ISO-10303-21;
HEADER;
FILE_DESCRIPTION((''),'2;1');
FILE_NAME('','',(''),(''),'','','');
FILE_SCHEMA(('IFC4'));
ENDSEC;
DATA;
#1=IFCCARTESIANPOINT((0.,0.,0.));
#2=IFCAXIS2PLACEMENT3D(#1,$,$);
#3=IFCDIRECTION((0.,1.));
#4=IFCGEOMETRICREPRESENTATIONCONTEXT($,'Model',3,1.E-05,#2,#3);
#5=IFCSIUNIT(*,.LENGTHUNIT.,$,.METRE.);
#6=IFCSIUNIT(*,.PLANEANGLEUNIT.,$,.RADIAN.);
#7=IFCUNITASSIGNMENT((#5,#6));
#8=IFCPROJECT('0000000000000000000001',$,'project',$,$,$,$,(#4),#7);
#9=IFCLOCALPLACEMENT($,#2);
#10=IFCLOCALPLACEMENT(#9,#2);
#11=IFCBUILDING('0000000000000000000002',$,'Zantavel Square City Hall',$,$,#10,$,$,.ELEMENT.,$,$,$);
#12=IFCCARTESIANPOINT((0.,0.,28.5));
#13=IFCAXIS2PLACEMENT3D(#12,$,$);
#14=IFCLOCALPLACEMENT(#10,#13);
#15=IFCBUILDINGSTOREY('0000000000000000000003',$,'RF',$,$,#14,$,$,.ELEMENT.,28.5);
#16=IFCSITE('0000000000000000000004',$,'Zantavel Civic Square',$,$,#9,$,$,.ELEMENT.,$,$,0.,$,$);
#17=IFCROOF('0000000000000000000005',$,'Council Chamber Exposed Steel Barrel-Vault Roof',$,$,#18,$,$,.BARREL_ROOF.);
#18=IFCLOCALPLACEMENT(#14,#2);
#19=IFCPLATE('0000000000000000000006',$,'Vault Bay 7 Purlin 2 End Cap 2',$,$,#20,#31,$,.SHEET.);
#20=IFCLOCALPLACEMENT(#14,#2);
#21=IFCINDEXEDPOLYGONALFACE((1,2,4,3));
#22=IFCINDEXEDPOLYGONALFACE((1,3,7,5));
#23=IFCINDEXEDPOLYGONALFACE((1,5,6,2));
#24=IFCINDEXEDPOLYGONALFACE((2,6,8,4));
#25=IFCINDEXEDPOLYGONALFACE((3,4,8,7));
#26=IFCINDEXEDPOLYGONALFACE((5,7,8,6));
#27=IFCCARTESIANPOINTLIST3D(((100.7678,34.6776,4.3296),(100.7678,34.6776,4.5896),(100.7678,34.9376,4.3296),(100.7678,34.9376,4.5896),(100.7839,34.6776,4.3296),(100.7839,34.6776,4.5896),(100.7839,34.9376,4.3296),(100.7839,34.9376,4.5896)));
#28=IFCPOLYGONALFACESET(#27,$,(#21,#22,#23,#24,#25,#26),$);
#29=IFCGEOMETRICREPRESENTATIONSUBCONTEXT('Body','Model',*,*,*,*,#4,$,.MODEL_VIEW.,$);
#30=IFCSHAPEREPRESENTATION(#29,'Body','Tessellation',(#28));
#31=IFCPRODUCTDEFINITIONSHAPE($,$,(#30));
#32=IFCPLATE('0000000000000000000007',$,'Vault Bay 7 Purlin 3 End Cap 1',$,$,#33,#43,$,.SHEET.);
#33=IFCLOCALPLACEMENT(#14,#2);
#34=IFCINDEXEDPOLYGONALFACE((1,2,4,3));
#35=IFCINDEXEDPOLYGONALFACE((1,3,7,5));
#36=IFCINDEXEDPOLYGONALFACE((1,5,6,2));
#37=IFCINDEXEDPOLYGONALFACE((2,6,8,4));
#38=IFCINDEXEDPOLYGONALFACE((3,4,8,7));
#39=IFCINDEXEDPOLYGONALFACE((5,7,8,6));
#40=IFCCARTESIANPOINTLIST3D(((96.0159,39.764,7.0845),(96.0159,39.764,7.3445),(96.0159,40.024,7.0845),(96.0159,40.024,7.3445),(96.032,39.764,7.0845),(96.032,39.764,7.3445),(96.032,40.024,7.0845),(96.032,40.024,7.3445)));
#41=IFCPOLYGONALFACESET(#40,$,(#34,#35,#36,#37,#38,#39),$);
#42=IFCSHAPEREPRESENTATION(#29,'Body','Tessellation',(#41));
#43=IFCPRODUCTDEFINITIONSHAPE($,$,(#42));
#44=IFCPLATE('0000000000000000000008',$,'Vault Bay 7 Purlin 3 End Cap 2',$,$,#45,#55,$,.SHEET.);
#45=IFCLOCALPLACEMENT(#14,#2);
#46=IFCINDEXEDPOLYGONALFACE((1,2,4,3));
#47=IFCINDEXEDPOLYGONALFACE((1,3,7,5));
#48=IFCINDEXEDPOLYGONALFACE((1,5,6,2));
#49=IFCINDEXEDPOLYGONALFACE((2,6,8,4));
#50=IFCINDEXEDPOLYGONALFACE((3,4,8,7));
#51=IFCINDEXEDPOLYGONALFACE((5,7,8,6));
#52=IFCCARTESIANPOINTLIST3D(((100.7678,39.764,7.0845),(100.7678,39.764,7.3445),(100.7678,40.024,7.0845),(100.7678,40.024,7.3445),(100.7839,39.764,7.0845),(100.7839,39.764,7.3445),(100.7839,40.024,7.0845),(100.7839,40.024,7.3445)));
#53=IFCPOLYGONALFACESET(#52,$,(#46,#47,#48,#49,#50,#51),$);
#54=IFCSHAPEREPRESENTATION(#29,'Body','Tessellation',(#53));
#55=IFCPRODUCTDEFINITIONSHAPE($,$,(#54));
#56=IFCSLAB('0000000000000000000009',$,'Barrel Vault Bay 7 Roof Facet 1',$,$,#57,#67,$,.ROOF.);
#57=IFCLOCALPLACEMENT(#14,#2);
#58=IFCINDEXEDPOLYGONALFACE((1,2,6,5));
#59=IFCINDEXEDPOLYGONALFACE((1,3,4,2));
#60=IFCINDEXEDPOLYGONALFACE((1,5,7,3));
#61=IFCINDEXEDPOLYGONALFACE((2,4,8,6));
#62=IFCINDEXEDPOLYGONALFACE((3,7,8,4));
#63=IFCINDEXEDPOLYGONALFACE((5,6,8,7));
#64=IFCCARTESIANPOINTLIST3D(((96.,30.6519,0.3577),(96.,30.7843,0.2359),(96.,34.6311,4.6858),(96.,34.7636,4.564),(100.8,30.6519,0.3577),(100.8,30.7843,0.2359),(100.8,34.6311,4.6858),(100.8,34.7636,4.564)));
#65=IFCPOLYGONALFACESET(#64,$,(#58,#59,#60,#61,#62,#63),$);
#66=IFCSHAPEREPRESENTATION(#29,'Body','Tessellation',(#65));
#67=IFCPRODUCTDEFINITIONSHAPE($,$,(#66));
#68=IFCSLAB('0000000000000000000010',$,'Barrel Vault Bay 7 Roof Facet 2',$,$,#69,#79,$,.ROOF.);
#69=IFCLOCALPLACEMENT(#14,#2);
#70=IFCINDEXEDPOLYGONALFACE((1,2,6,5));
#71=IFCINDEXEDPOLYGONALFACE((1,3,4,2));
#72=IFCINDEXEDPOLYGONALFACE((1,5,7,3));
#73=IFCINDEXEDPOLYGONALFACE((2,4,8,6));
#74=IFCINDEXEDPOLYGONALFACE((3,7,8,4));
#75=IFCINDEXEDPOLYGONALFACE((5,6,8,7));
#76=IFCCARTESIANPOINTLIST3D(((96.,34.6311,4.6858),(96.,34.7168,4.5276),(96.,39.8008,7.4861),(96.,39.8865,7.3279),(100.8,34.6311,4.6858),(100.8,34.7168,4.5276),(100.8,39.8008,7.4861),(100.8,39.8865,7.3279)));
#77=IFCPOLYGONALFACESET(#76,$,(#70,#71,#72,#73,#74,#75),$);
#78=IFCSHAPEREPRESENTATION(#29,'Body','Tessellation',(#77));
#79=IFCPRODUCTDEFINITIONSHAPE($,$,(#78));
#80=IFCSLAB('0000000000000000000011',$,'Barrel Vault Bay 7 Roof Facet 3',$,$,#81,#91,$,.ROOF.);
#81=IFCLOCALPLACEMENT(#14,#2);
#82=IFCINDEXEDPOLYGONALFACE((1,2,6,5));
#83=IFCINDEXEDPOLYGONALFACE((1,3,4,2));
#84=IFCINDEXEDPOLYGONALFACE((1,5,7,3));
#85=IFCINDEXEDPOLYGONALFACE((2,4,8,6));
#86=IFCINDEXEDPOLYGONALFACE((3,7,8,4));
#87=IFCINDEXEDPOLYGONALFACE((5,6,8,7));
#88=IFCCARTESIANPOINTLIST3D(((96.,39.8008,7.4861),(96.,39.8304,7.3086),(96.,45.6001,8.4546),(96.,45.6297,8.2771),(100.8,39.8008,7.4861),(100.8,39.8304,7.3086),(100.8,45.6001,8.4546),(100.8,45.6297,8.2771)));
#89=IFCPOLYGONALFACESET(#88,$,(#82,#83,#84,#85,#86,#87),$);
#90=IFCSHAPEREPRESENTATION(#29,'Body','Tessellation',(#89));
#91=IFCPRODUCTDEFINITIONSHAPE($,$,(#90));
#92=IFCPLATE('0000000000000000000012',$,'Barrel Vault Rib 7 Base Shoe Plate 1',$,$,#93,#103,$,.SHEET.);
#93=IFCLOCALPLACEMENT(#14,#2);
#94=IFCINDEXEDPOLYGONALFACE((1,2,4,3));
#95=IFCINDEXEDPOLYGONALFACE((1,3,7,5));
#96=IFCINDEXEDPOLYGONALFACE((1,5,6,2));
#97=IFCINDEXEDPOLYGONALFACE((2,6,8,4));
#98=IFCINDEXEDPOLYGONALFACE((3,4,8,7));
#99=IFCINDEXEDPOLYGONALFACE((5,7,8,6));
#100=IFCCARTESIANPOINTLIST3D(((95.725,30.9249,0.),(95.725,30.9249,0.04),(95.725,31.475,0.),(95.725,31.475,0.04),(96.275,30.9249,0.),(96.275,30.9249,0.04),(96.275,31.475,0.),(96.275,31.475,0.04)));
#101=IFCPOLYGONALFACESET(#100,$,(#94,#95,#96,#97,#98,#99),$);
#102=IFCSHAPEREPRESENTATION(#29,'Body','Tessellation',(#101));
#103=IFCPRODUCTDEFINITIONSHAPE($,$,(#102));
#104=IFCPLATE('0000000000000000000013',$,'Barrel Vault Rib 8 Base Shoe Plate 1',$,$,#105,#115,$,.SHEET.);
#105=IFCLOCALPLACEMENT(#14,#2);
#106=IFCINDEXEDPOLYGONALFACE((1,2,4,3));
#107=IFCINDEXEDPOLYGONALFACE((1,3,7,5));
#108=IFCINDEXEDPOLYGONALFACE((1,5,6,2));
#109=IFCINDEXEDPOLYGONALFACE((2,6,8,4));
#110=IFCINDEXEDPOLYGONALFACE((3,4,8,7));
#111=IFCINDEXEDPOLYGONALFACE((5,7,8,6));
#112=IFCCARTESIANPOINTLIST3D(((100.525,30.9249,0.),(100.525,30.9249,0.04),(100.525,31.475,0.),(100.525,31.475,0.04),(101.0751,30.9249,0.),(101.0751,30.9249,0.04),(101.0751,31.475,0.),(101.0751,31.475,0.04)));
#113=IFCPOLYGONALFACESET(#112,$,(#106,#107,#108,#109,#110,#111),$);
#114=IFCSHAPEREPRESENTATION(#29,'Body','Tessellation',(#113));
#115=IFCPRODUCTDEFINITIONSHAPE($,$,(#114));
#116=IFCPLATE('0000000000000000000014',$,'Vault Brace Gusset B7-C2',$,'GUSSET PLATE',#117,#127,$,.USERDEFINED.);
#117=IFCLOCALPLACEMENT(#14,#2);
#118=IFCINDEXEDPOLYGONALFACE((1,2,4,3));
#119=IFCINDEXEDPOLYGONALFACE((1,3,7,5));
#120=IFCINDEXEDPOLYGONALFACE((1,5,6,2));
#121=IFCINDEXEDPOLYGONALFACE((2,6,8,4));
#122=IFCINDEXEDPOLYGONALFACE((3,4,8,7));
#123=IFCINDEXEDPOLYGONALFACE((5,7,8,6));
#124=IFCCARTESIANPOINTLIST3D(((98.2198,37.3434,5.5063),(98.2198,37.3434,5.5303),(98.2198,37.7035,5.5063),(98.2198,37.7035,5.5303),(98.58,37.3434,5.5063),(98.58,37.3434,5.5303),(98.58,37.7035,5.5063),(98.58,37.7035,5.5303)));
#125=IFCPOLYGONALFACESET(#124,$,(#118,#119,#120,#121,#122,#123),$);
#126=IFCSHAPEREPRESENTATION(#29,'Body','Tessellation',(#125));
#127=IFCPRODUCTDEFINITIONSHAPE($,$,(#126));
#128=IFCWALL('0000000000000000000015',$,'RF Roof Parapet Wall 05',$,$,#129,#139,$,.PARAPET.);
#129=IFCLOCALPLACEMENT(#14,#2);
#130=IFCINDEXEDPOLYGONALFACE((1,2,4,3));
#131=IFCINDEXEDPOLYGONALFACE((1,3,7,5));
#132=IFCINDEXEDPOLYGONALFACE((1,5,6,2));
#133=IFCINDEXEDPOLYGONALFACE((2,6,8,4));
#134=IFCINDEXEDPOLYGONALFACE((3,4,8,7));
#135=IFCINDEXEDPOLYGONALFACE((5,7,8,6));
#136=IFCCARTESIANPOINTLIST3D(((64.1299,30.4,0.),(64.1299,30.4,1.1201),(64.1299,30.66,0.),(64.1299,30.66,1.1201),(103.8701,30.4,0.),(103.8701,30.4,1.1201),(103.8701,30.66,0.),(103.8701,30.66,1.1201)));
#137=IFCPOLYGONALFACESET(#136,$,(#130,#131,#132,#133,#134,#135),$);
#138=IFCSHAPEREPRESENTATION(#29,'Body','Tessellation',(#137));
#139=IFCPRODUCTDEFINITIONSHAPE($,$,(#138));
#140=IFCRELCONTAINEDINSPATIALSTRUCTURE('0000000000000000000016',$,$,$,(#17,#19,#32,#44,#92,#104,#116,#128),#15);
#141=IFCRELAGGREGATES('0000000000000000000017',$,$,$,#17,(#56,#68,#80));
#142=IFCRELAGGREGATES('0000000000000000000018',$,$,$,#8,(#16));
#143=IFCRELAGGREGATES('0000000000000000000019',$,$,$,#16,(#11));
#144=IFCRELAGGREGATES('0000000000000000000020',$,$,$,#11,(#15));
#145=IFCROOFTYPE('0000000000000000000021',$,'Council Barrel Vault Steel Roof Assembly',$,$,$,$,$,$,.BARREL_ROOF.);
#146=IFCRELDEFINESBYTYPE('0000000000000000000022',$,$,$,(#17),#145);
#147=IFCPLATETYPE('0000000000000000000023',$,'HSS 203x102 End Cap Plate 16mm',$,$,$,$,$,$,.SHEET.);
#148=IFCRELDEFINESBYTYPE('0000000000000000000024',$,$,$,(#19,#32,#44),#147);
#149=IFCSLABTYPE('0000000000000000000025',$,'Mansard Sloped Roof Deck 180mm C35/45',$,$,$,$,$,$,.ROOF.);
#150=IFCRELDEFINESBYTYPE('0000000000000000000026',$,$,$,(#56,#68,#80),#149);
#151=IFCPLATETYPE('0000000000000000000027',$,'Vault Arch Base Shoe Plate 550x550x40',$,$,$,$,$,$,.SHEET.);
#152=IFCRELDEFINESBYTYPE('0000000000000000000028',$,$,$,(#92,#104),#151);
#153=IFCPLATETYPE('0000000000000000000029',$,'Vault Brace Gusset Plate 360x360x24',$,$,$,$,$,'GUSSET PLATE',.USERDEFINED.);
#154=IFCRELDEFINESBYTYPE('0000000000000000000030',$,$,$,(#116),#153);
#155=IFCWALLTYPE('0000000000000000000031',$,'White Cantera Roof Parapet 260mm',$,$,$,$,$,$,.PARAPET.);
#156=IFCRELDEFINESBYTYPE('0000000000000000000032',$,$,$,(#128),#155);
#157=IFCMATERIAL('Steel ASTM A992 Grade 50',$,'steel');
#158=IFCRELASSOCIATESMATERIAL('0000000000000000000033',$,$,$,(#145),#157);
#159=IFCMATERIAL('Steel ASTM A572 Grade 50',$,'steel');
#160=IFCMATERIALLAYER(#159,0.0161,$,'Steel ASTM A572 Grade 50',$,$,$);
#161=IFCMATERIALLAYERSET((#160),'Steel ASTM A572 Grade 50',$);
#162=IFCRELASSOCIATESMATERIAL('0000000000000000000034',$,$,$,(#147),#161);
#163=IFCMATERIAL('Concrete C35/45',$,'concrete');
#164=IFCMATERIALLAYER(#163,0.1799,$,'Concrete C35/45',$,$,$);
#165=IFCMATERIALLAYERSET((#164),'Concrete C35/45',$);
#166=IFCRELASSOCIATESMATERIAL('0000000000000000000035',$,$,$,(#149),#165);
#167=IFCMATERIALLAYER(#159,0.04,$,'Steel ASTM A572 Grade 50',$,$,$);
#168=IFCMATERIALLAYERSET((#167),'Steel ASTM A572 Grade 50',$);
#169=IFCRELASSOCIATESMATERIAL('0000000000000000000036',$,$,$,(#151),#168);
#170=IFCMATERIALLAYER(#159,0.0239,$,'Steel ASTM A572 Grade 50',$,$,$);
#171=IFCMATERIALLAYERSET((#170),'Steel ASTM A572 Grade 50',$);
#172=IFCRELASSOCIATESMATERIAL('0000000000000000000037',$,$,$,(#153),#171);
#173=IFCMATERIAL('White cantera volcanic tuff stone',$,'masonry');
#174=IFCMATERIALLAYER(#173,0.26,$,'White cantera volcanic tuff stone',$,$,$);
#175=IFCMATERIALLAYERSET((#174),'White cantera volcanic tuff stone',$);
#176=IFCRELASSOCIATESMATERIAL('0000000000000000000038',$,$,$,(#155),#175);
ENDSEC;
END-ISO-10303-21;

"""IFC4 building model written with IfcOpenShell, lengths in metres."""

from ifc_helpers import new_model, si_unit, direction, frame, frame_2d, origin, origin_2d, place, context, subcontext, project, spatial, polyline, rectangle, outline, extrude, material, layer, layer_set, type_object, element, aggregate, save


model = new_model("IFC4")

# Units and contexts
model_context = context("Model", 3, precision=1e-05, world=origin(), true_north=direction((0.0, 1.0)))
body_context = subcontext(model_context, "Body", "Model", "MODEL_VIEW")
ifc_project = project(units=[si_unit("LENGTHUNIT", "METRE"), si_unit("PLANEANGLEUNIT", "RADIAN")], contexts=[model_context])

# Site, building, storey
site_placement = place(None, origin())
site = spatial("IfcSite", under=ifc_project, at=site_placement, Name="Zantavel Civic Square", CompositionType="ELEMENT", RefElevation=0.0)
building_placement = place(site_placement, origin())
building = spatial("IfcBuilding", under=site, at=building_placement, Name="Zantavel Square City Hall", CompositionType="ELEMENT")
storey_placement = place(building_placement, frame((0.0, 0.0, 28.5)))
storey = spatial("IfcBuildingStorey", under=building, at=storey_placement, Name="RF", CompositionType="ELEMENT", Elevation=28.5)

# Shared definitions
ifc_material_1 = material(Name="Steel ASTM A992 Grade 50", Category="steel")

# Roof
roof_type = type_object("IfcRoofType", Name="Council Barrel Vault Steel Roof Assembly", PredefinedType="BARREL_ROOF", material=ifc_material_1)
roof_placement = place(storey_placement, origin())
roof = element("IfcRoof", 1, at=roof_placement, inside=storey, type_object=roof_type, Name="Council Chamber Exposed Steel Barrel-Vault Roof", PredefinedType="BARREL_ROOF")

# Plates
ifc_material_2 = material(Name="Steel ASTM A572 Grade 50", Category="steel")
ifc_layer_1 = layer(ifc_material_2, 0.0161, Name="Steel ASTM A572 Grade 50")
ifc_layer_set_1 = layer_set([ifc_layer_1], Name="Steel ASTM A572 Grade 50")
plate_type_1 = type_object("IfcPlateType", Name="HSS 203x102 End Cap Plate 16mm", PredefinedType="SHEET", material=ifc_layer_set_1)
for number, where, z_axis, x_axis, name in (
    (2, (100.7759, 34.8076, 4.3296), (0.0, 0.0, 1.0), (1.0, 0.0, 0.0), "Vault Bay 7 Purlin 2 End Cap 2"),
    (3, (96.0239, 39.894, 7.0845), (0.0, 0.0, 1.0), (1.0, 0.0, 0.0), "Vault Bay 7 Purlin 3 End Cap 1"),
    (4, (100.7759, 39.894, 7.0845), (0.0, 0.0, 1.0), (1.0, 0.0, 0.0), "Vault Bay 7 Purlin 3 End Cap 2"),
):
    element("IfcPlate", number, at=place(storey_placement, frame(where, z_axis=z_axis, x_axis=x_axis)), inside=storey, type_object=plate_type_1, Name=name, PredefinedType="SHEET", context=body_context, shape_type="SweptSolid", body=[
        extrude(rectangle(XDim=0.0161, YDim=0.26, at=origin_2d()), origin(), (0.0, 0.0, 1.0), 0.26),
    ])

# Slabs
ifc_material_3 = material(Name="Concrete C35/45", Category="concrete")
ifc_layer_2 = layer(ifc_material_3, 0.1799, Name="Concrete C35/45")
ifc_layer_set_2 = layer_set([ifc_layer_2], Name="Concrete C35/45")
slab_type_1 = type_object("IfcSlabType", Name="Mansard Sloped Roof Deck 180mm C35/45", PredefinedType="ROOF", material=ifc_layer_set_2)
slab_1_placement = place(storey_placement, frame((96.0, 30.6519, 0.3577), z_axis=(0.0, -0.736154, 0.676815), x_axis=(1.0, 0.0, 0.0)))
slab_1 = element("IfcSlab", 5, at=slab_1_placement, type_object=slab_type_1, Name="Barrel Vault Bay 7 Roof Facet 1", PredefinedType="ROOF", context=body_context, shape_type="SweptSolid", body=[
    extrude(outline(polyline([(0.0, 0.0), (4.8, 0.0), (4.8, 5.8794), (0.0, 5.8794), (0.0, 0.0)])), origin(), (0.0, 0.0, -1.0), 0.1799),
])
slab_2_placement = place(storey_placement, frame((96.0, 34.6311, 4.6858), z_axis=(0.0, -0.47629, 0.879288), x_axis=(1.0, 0.0, 0.0)))
slab_2 = element("IfcSlab", 6, at=slab_2_placement, type_object=slab_type_1, Name="Barrel Vault Bay 7 Roof Facet 2", PredefinedType="ROOF", context=body_context, shape_type="SweptSolid", body=[
    extrude(outline(polyline([(0.0, 0.0), (4.8, 0.0), (4.8, 5.8794), (0.0, 5.8794), (0.0, 0.0)])), origin(), (0.0, 0.0, -1.0), 0.1799),
])
slab_3_placement = place(storey_placement, frame((96.0, 39.8008, 7.4861), z_axis=(0.0, -0.164722, 0.98634), x_axis=(1.0, 0.0, 0.0)))
slab_3 = element("IfcSlab", 7, at=slab_3_placement, type_object=slab_type_1, Name="Barrel Vault Bay 7 Roof Facet 3", PredefinedType="ROOF", context=body_context, shape_type="SweptSolid", body=[
    extrude(outline(polyline([(0.0, 0.0), (4.8, 0.0), (4.8, 5.8796), (0.0, 5.8796), (0.0, 0.0)])), origin(), (0.0, 0.0, -1.0), 0.1799),
])
aggregate(roof, [slab_1, slab_2, slab_3])

# Plates
ifc_layer_3 = layer(ifc_material_2, 0.04, Name="Steel ASTM A572 Grade 50")
ifc_layer_set_3 = layer_set([ifc_layer_3], Name="Steel ASTM A572 Grade 50")
plate_type_2 = type_object("IfcPlateType", Name="Vault Arch Base Shoe Plate 550x550x40", PredefinedType="SHEET", material=ifc_layer_set_3)
for number, where, z_axis, x_axis, name in (
    (8, (96.0, 31.2, 0.0), (0.0, 0.0, 1.0), (1.0, 0.0, 0.0), "Barrel Vault Rib 7 Base Shoe Plate 1"),
    (9, (100.8, 31.2, 0.0), (0.0, 0.0, 1.0), (1.0, 0.0, 0.0), "Barrel Vault Rib 8 Base Shoe Plate 1"),
):
    element("IfcPlate", number, at=place(storey_placement, frame(where, z_axis=z_axis, x_axis=x_axis)), inside=storey, type_object=plate_type_2, Name=name, PredefinedType="SHEET", context=body_context, shape_type="SweptSolid", body=[
        extrude(rectangle(XDim=0.55, YDim=0.55, at=origin_2d()), origin(), (0.0, 0.0, 1.0), 0.04),
    ])
ifc_layer_4 = layer(ifc_material_2, 0.0239, Name="Steel ASTM A572 Grade 50")
ifc_layer_set_4 = layer_set([ifc_layer_4], Name="Steel ASTM A572 Grade 50")
plate_type_3 = type_object("IfcPlateType", Name="Vault Brace Gusset Plate 360x360x24", ElementType="GUSSET PLATE", PredefinedType="USERDEFINED", material=ifc_layer_set_4)
plate_placement = place(storey_placement, frame((98.3999, 37.5234, 5.5063), z_axis=(0.0, 0.0, 1.0), x_axis=(1.0, 0.0, 0.0)))
element("IfcPlate", 10, at=plate_placement, inside=storey, type_object=plate_type_3, Name="Vault Brace Gusset B7-C2", ObjectType="GUSSET PLATE", PredefinedType="USERDEFINED", context=body_context, shape_type="SweptSolid", body=[
    extrude(rectangle(XDim=0.3601, YDim=0.3601, at=origin_2d()), origin(), (0.0, 0.0, 1.0), 0.0239),
])

# Wall
ifc_material_4 = material(Name="White cantera volcanic tuff stone", Category="masonry")
ifc_layer_5 = layer(ifc_material_4, 0.26, Name="White cantera volcanic tuff stone")
ifc_layer_set_5 = layer_set([ifc_layer_5], Name="White cantera volcanic tuff stone")
wall_type = type_object("IfcWallType", Name="White Cantera Roof Parapet 260mm", PredefinedType="PARAPET", material=ifc_layer_set_5)
wall_placement = place(storey_placement, frame((103.8701, 30.53, 0.0), z_axis=(0.0, 0.0, 1.0), x_axis=(-1.0, 0.0, 0.0)))
element("IfcWall", 11, at=wall_placement, inside=storey, type_object=wall_type, Name="RF Roof Parapet Wall 05", PredefinedType="PARAPET", context=body_context, shape_type="SweptSolid", body=[
    extrude(rectangle(XDim=39.7402, YDim=0.26, at=frame_2d((19.8701, 0.0))), origin(), (0.0, 0.0, 1.0), 1.1201),
])

save(model, "model.ifc")
